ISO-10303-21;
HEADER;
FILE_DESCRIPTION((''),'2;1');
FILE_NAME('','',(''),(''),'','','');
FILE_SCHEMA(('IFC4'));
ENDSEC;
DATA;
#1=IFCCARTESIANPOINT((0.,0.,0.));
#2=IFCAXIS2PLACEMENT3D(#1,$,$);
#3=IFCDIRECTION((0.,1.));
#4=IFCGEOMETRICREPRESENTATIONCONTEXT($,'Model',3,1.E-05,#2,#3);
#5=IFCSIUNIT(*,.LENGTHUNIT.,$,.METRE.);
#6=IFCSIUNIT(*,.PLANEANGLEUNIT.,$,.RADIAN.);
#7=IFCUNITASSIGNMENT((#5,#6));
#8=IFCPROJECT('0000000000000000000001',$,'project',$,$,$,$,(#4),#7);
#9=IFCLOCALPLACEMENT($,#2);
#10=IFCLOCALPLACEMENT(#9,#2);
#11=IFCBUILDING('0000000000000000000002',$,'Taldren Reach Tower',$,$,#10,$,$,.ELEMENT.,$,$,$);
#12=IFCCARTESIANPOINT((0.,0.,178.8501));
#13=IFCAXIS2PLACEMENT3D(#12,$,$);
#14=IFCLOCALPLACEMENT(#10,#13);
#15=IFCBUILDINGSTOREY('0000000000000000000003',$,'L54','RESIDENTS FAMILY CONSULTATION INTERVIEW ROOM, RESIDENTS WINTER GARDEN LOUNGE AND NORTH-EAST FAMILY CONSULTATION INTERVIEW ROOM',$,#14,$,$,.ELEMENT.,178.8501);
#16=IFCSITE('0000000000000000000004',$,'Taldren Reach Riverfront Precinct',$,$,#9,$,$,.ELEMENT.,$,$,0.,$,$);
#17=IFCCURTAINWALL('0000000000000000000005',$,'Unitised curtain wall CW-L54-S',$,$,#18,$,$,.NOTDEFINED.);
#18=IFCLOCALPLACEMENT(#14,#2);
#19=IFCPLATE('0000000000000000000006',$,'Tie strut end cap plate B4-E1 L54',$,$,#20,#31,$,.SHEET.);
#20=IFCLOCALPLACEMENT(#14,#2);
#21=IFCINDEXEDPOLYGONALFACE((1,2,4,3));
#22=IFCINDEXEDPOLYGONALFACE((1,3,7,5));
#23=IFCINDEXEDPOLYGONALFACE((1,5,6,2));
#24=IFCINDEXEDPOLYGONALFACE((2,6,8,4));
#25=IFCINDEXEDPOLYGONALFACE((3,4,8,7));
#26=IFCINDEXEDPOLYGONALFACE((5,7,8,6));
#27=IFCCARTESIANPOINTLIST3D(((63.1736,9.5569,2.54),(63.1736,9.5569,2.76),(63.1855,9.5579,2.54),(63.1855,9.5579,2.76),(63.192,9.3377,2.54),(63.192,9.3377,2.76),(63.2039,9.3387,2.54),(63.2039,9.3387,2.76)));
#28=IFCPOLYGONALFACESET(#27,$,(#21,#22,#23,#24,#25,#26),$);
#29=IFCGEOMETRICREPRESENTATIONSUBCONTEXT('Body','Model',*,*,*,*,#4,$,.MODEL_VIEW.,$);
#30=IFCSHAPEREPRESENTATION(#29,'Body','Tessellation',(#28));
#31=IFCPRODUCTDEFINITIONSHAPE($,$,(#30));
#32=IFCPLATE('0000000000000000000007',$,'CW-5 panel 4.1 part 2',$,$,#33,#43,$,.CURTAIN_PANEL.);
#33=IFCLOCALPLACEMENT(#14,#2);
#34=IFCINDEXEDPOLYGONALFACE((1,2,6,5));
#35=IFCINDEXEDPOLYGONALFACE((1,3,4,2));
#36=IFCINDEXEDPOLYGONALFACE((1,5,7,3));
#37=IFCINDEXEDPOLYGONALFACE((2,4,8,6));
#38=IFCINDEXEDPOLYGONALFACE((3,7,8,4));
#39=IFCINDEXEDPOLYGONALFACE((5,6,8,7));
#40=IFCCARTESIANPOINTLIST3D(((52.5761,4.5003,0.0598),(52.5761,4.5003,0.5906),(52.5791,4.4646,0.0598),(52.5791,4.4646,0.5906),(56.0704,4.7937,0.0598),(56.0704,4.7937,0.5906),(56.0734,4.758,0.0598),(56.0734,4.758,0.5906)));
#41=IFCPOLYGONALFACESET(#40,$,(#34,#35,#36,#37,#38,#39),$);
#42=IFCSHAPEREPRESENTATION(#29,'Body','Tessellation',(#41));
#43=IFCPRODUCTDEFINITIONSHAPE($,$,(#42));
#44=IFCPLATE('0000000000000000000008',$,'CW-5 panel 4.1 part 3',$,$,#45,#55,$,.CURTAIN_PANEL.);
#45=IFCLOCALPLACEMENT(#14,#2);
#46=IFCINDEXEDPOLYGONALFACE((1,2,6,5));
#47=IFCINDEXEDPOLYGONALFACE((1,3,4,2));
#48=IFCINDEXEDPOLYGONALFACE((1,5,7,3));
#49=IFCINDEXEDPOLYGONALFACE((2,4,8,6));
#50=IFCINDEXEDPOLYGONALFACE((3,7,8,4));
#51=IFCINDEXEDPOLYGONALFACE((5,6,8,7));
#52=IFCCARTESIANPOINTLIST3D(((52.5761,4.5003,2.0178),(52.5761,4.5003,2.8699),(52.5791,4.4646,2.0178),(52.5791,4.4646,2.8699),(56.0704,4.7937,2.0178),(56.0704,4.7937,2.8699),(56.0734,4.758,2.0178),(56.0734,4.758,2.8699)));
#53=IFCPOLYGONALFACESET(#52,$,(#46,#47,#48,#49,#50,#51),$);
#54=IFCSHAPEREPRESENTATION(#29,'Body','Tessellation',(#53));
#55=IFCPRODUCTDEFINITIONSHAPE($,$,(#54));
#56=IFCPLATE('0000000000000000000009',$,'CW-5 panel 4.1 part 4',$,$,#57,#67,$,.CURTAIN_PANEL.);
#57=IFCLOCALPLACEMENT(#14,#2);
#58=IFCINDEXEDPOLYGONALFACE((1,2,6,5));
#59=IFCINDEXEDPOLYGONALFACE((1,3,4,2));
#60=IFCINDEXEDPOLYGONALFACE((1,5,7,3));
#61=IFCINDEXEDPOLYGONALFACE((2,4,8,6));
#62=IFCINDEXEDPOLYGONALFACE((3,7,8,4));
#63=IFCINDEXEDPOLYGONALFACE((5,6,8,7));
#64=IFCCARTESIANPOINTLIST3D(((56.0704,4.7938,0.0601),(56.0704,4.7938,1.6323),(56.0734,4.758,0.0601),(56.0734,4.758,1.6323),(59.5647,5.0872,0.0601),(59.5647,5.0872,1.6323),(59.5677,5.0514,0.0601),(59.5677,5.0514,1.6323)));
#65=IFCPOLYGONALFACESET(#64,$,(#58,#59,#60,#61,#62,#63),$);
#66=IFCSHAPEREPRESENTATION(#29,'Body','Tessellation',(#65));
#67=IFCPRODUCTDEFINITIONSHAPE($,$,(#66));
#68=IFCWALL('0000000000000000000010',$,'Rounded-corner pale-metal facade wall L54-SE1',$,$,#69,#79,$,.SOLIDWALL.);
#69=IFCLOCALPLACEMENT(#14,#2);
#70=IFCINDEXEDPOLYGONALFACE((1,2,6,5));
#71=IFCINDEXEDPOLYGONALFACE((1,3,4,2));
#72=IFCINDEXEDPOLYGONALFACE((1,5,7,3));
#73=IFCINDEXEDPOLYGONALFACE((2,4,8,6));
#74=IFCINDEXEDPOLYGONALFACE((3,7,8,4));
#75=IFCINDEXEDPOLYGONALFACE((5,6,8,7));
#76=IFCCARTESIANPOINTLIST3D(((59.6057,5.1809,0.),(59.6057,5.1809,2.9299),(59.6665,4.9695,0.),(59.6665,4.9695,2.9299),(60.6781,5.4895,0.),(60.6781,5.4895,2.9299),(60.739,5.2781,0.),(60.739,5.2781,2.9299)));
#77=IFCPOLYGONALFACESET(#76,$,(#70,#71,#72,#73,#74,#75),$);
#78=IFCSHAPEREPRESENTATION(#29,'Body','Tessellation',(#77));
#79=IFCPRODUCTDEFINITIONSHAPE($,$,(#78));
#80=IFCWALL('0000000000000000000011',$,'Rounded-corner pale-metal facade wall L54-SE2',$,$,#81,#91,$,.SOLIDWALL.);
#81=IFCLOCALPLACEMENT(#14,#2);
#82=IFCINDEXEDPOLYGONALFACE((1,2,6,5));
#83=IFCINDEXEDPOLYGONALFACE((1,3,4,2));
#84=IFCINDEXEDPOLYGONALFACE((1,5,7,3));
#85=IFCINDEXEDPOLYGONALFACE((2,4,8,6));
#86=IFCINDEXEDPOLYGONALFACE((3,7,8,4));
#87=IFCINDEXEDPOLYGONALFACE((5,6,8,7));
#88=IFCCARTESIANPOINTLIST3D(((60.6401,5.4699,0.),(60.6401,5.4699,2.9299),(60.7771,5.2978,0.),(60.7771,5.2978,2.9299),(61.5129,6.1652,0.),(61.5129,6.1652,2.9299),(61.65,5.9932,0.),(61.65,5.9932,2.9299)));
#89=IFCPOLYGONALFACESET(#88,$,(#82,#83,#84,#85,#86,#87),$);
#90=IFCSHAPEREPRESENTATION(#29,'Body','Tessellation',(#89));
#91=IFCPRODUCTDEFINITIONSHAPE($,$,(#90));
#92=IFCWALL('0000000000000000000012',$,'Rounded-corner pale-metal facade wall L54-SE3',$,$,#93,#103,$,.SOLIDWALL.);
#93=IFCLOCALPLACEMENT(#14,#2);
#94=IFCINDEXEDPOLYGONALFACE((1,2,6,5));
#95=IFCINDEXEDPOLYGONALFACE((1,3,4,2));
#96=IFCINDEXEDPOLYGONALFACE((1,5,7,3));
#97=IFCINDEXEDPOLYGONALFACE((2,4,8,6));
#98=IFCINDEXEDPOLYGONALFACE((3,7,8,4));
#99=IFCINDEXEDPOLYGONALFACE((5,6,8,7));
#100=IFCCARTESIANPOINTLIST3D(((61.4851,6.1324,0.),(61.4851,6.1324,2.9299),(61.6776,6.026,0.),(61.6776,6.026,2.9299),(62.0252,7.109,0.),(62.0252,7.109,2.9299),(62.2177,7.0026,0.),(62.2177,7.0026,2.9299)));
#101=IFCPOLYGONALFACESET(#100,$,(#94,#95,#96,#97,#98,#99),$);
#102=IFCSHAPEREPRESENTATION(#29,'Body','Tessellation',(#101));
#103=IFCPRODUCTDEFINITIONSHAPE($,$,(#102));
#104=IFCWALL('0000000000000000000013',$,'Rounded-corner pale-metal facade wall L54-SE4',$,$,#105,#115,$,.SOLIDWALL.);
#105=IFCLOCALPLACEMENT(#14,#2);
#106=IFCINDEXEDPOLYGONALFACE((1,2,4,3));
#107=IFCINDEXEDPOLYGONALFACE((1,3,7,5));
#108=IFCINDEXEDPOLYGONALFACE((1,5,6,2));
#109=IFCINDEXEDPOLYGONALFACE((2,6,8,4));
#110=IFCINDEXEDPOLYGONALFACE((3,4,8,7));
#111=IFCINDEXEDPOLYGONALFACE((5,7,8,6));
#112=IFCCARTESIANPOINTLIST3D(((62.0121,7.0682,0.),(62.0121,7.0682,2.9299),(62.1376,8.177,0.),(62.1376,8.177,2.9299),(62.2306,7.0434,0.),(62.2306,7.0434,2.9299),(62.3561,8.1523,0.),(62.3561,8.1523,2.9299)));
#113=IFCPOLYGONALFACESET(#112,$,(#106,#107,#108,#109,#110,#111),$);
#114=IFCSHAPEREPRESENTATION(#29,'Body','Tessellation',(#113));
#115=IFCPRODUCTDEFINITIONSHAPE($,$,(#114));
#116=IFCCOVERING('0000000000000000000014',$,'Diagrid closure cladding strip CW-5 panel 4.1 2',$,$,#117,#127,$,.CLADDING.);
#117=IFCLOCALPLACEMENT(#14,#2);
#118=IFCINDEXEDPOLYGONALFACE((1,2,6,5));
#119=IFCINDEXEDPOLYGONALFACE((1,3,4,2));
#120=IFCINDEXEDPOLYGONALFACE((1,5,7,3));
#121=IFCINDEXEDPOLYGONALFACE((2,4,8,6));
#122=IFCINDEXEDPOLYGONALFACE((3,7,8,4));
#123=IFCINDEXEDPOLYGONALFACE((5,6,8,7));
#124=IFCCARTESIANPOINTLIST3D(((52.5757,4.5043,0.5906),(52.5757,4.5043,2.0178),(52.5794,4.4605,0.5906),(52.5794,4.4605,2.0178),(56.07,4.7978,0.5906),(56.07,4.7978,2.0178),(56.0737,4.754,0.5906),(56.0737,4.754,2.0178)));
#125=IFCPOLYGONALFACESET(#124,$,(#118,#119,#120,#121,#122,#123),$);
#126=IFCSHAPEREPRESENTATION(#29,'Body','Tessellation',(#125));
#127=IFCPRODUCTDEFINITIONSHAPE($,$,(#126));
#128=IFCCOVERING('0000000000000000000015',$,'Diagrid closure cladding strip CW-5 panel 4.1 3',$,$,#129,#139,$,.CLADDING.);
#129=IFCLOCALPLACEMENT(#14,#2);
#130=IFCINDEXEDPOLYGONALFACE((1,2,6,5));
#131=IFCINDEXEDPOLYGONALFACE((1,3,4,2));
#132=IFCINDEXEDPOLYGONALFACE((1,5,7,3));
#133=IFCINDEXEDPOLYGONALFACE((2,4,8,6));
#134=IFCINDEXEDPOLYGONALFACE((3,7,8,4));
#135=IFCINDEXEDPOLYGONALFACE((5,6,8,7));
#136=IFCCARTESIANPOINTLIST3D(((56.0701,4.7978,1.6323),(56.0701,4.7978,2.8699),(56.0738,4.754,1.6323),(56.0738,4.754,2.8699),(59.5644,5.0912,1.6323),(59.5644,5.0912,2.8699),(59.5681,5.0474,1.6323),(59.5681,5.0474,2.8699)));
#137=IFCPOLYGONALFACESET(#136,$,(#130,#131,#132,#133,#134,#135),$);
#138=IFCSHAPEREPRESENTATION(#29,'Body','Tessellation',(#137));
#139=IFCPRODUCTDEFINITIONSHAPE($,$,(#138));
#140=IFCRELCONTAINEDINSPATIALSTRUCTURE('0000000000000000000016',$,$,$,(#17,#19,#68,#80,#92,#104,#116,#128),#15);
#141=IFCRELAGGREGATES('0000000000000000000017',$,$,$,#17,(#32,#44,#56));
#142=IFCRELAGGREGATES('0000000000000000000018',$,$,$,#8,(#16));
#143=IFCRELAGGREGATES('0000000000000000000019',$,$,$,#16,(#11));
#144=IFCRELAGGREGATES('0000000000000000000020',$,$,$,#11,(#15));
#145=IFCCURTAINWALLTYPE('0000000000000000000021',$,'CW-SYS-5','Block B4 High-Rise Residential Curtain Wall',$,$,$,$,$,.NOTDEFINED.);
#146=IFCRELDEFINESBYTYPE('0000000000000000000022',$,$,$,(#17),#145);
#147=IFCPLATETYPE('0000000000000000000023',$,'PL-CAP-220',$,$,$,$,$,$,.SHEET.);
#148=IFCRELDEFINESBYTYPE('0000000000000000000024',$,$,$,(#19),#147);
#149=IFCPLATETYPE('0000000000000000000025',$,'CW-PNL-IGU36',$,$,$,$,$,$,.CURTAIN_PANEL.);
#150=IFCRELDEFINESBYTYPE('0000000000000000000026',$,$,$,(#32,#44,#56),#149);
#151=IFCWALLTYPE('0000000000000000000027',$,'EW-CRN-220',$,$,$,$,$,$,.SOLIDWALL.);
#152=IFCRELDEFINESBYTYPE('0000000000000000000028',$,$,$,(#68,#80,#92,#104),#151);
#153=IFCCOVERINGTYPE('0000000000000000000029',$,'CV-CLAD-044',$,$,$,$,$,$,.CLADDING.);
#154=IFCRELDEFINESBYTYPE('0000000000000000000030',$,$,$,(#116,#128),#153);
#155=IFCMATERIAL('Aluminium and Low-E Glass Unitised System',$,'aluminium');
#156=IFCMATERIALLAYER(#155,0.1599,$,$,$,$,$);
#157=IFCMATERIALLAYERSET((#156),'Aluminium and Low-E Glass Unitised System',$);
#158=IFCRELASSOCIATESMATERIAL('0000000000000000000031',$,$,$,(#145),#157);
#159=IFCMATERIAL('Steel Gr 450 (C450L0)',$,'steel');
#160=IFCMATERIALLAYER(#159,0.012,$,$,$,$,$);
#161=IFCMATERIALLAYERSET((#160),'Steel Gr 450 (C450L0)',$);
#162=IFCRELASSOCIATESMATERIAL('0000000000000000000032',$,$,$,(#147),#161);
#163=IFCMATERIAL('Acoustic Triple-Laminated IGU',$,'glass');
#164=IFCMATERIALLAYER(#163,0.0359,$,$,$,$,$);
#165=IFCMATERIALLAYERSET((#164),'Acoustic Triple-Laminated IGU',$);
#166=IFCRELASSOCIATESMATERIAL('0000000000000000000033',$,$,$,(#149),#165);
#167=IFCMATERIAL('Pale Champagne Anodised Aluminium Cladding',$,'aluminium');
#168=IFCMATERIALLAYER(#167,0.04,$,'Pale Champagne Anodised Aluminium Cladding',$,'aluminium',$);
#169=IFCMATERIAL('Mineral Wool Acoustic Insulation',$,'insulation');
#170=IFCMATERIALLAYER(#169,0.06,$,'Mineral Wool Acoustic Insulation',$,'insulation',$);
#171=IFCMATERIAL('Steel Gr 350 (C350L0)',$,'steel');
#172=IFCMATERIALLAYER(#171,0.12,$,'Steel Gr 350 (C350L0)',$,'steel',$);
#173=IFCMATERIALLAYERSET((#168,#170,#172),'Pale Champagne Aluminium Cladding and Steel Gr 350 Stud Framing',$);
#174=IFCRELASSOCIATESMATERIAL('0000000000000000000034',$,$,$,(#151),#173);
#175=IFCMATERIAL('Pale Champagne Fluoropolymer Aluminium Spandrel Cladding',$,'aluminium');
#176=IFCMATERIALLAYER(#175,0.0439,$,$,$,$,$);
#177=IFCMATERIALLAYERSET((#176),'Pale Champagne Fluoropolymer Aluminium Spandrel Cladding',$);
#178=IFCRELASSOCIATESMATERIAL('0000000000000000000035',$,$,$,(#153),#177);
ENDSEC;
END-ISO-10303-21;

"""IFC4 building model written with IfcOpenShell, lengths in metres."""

from ifc_helpers import new_model, si_unit, direction, frame, frame_2d, origin, origin_2d, place, context, subcontext, project, spatial, rectangle, extrude, source, transform, mapped, material, layer, layer_set, type_object, element, aggregate, save


model = new_model("IFC4")

# Units and contexts
model_context = context("Model", 3, precision=1e-05, world=origin(), true_north=direction((0.0, 1.0)))
body_context = subcontext(model_context, "Body", "Model", "MODEL_VIEW")
ifc_project = project(units=[si_unit("LENGTHUNIT", "METRE"), si_unit("PLANEANGLEUNIT", "RADIAN")], contexts=[model_context])

# Site, building, storey
site_placement = place(None, origin())
site = spatial("IfcSite", under=ifc_project, at=site_placement, Name="Taldren Reach Riverfront Precinct", CompositionType="ELEMENT", RefElevation=0.0)
building_placement = place(site_placement, origin())
building = spatial("IfcBuilding", under=site, at=building_placement, Name="Taldren Reach Tower", CompositionType="ELEMENT")
storey_placement = place(building_placement, frame((0.0, 0.0, 178.8501)))
storey = spatial("IfcBuildingStorey", under=building, at=storey_placement, Name="L54", Description="RESIDENTS FAMILY CONSULTATION INTERVIEW ROOM, RESIDENTS WINTER GARDEN LOUNGE AND NORTH-EAST FAMILY CONSULTATION INTERVIEW ROOM", CompositionType="ELEMENT", Elevation=178.8501)

# Shared definitions
ifc_material_1 = material(Name="Steel Gr 350 (C350L0)", Category="steel")

# Shared definitions
ifc_material_2 = material(Name="Steel Gr 450 (C450L0)", Category="steel")

# Curtain wall
ifc_material_3 = material(Name="Aluminium and Low-E Glass Unitised System", Category="aluminium")
ifc_layer_1 = layer(ifc_material_3, 0.1599)
ifc_layer_set_1 = layer_set([ifc_layer_1], Name="Aluminium and Low-E Glass Unitised System")
curtain_wall_type = type_object("IfcCurtainWallType", Name="CW-SYS-5", Description="Block B4 High-Rise Residential Curtain Wall", PredefinedType="NOTDEFINED", material=ifc_layer_set_1)
curtain_wall_1_placement = place(storey_placement, origin())
curtain_wall_1 = element("IfcCurtainWall", 1, at=curtain_wall_1_placement, inside=storey, type_object=curtain_wall_type, Name="Unitised curtain wall CW-L54-S", PredefinedType="NOTDEFINED")

# Plate
ifc_layer_2 = layer(ifc_material_2, 0.012)
ifc_layer_set_2 = layer_set([ifc_layer_2], Name="Steel Gr 450 (C450L0)")
plate_type_1 = type_object("IfcPlateType", Name="PL-CAP-220", PredefinedType="SHEET", material=ifc_layer_set_2)
shared_shape_1 = source(origin(), body_context, "Body", "SweptSolid", [
    extrude(rectangle(XDim=0.012, YDim=0.22, at=origin_2d()), origin(), (0.0, 0.0, 1.0), 0.22),
])
plate_1_placement = place(storey_placement, frame((63.1887, 9.4478, 2.54), z_axis=(0.0, 0.0, 1.0), x_axis=(0.996493, 0.083678, 0.0)))
element("IfcPlate", 2, at=plate_1_placement, inside=storey, type_object=plate_type_1, Name="Tie strut end cap plate B4-E1 L54", PredefinedType="SHEET", context=body_context, shape_type="MappedRepresentation", body=[
    mapped(shared_shape_1, transform((0.0, 0.0, 0.0), scale=1.0)),
])

# Plates
ifc_material_4 = material(Name="Acoustic Triple-Laminated IGU", Category="glass")
ifc_layer_3 = layer(ifc_material_4, 0.0359)
ifc_layer_set_3 = layer_set([ifc_layer_3], Name="Acoustic Triple-Laminated IGU")
plate_type_2 = type_object("IfcPlateType", Name="CW-PNL-IGU36", PredefinedType="CURTAIN_PANEL", material=ifc_layer_set_3)
shared_shape_2 = source(origin(), body_context, "Body", "SweptSolid", [
    extrude(rectangle(XDim=3.5066, YDim=0.0359, at=origin_2d()), origin(), (0.0, 0.0, 1.0), 0.5308),
])
plate_2_placement = place(storey_placement, frame((54.3247, 4.6292, 0.0598), z_axis=(0.0, 0.0, 1.0), x_axis=(0.996493, 0.083678, 0.0)))
plate_2 = element("IfcPlate", 3, at=plate_2_placement, type_object=plate_type_2, Name="CW-5 panel 4.1 part 2", PredefinedType="CURTAIN_PANEL", context=body_context, shape_type="MappedRepresentation", body=[
    mapped(shared_shape_2, transform((0.0, 0.0, 0.0), scale=1.0)),
])
shared_shape_3 = source(origin(), body_context, "Body", "SweptSolid", [
    extrude(rectangle(XDim=3.5066, YDim=0.0359, at=origin_2d()), origin(), (0.0, 0.0, 1.0), 0.8521),
])
plate_3_placement = place(storey_placement, frame((54.3247, 4.6292, 2.0178), z_axis=(0.0, 0.0, 1.0), x_axis=(0.996493, 0.083678, 0.0)))
plate_3 = element("IfcPlate", 4, at=plate_3_placement, type_object=plate_type_2, Name="CW-5 panel 4.1 part 3", PredefinedType="CURTAIN_PANEL", context=body_context, shape_type="MappedRepresentation", body=[
    mapped(shared_shape_3, transform((0.0, 0.0, 0.0), scale=1.0)),
])
shared_shape_4 = source(origin(), body_context, "Body", "SweptSolid", [
    extrude(rectangle(XDim=3.5066, YDim=0.0359, at=origin_2d()), origin(), (0.0, 0.0, 1.0), 1.5723),
])
plate_4_placement = place(storey_placement, frame((57.8191, 4.9226, 0.0601), z_axis=(0.0, 0.0, 1.0), x_axis=(0.996493, 0.083678, 0.0)))
plate_4 = element("IfcPlate", 5, at=plate_4_placement, type_object=plate_type_2, Name="CW-5 panel 4.1 part 4", PredefinedType="CURTAIN_PANEL", context=body_context, shape_type="MappedRepresentation", body=[
    mapped(shared_shape_4, transform((0.0, 0.0, 0.0), scale=1.0)),
])
aggregate(curtain_wall_1, [plate_2, plate_3, plate_4])

# Walls
ifc_material_5 = material(Name="Pale Champagne Anodised Aluminium Cladding", Category="aluminium")
ifc_layer_4 = layer(ifc_material_5, 0.04, Name="Pale Champagne Anodised Aluminium Cladding", Category="aluminium")
ifc_material_6 = material(Name="Mineral Wool Acoustic Insulation", Category="insulation")
ifc_layer_5 = layer(ifc_material_6, 0.06, Name="Mineral Wool Acoustic Insulation", Category="insulation")
ifc_layer_6 = layer(ifc_material_1, 0.12, Name="Steel Gr 350 (C350L0)", Category="steel")
ifc_layer_set_4 = layer_set([ifc_layer_4, ifc_layer_5, ifc_layer_6], Name="Pale Champagne Aluminium Cladding and Steel Gr 350 Stud Framing")
wall_type = type_object("IfcWallType", Name="EW-CRN-220", PredefinedType="SOLIDWALL", material=ifc_layer_set_4)
shared_shape_5 = source(origin(), body_context, "Body", "SweptSolid", [
    extrude(rectangle(XDim=1.116, YDim=0.22, at=frame_2d((0.5581, 0.0))), origin(), (0.0, 0.0, 1.0), 2.9299),
])
for number, where, z_axis, x_axis, name in (
    (6, (59.636, 5.0752, 0.0), (0.0, 0.0, 1.0), (0.96101, 0.276512, 0.0), "Rounded-corner pale-metal facade wall L54-SE1"),
    (7, (60.7085, 5.3838, 0.0), (0.0, 0.0, 1.0), (0.782148, 0.623093, 0.0), "Rounded-corner pale-metal facade wall L54-SE2"),
    (8, (61.5813, 6.0791, 0.0), (0.0, 0.0, 1.0), (0.483933, 0.875105, 0.0), "Rounded-corner pale-metal facade wall L54-SE3"),
    (9, (62.1213, 7.0557, 0.0), (0.0, 0.0, 1.0), (0.112448, 0.993658, 0.0), "Rounded-corner pale-metal facade wall L54-SE4"),
):
    element("IfcWall", number, at=place(storey_placement, frame(where, z_axis=z_axis, x_axis=x_axis)), inside=storey, type_object=wall_type, Name=name, PredefinedType="SOLIDWALL", context=body_context, shape_type="MappedRepresentation", body=[
        mapped(shared_shape_5, transform((0.0, 0.0, 0.0), scale=1.0)),
    ])

# Coverings
ifc_material_7 = material(Name="Pale Champagne Fluoropolymer Aluminium Spandrel Cladding", Category="aluminium")
ifc_layer_7 = layer(ifc_material_7, 0.0439)
ifc_layer_set_5 = layer_set([ifc_layer_7], Name="Pale Champagne Fluoropolymer Aluminium Spandrel Cladding")
covering_type = type_object("IfcCoveringType", Name="CV-CLAD-044", PredefinedType="CLADDING", material=ifc_layer_set_5)
shared_shape_6 = source(origin(), body_context, "Body", "SweptSolid", [
    extrude(rectangle(XDim=3.5066, YDim=0.0439, at=origin_2d()), origin(), (0.0, 0.0, 1.0), 1.4272),
])
covering_1_placement = place(storey_placement, frame((54.3247, 4.6292, 0.5906), z_axis=(0.0, 0.0, 1.0), x_axis=(0.996493, 0.083678, 0.0)))
element("IfcCovering", 10, at=covering_1_placement, inside=storey, type_object=covering_type, Name="Diagrid closure cladding strip CW-5 panel 4.1 2", PredefinedType="CLADDING", context=body_context, shape_type="MappedRepresentation", body=[
    mapped(shared_shape_6, transform((0.0, 0.0, 0.0), scale=1.0)),
])
shared_shape_7 = source(origin(), body_context, "Body", "SweptSolid", [
    extrude(rectangle(XDim=3.5066, YDim=0.0439, at=origin_2d()), origin(), (0.0, 0.0, 1.0), 1.2375),
])
covering_2_placement = place(storey_placement, frame((57.8191, 4.9226, 1.6323), z_axis=(0.0, 0.0, 1.0), x_axis=(0.996493, 0.083678, 0.0)))
element("IfcCovering", 11, at=covering_2_placement, inside=storey, type_object=covering_type, Name="Diagrid closure cladding strip CW-5 panel 4.1 3", PredefinedType="CLADDING", context=body_context, shape_type="MappedRepresentation", body=[
    mapped(shared_shape_7, transform((0.0, 0.0, 0.0), scale=1.0)),
])

save(model, "model.ifc")
